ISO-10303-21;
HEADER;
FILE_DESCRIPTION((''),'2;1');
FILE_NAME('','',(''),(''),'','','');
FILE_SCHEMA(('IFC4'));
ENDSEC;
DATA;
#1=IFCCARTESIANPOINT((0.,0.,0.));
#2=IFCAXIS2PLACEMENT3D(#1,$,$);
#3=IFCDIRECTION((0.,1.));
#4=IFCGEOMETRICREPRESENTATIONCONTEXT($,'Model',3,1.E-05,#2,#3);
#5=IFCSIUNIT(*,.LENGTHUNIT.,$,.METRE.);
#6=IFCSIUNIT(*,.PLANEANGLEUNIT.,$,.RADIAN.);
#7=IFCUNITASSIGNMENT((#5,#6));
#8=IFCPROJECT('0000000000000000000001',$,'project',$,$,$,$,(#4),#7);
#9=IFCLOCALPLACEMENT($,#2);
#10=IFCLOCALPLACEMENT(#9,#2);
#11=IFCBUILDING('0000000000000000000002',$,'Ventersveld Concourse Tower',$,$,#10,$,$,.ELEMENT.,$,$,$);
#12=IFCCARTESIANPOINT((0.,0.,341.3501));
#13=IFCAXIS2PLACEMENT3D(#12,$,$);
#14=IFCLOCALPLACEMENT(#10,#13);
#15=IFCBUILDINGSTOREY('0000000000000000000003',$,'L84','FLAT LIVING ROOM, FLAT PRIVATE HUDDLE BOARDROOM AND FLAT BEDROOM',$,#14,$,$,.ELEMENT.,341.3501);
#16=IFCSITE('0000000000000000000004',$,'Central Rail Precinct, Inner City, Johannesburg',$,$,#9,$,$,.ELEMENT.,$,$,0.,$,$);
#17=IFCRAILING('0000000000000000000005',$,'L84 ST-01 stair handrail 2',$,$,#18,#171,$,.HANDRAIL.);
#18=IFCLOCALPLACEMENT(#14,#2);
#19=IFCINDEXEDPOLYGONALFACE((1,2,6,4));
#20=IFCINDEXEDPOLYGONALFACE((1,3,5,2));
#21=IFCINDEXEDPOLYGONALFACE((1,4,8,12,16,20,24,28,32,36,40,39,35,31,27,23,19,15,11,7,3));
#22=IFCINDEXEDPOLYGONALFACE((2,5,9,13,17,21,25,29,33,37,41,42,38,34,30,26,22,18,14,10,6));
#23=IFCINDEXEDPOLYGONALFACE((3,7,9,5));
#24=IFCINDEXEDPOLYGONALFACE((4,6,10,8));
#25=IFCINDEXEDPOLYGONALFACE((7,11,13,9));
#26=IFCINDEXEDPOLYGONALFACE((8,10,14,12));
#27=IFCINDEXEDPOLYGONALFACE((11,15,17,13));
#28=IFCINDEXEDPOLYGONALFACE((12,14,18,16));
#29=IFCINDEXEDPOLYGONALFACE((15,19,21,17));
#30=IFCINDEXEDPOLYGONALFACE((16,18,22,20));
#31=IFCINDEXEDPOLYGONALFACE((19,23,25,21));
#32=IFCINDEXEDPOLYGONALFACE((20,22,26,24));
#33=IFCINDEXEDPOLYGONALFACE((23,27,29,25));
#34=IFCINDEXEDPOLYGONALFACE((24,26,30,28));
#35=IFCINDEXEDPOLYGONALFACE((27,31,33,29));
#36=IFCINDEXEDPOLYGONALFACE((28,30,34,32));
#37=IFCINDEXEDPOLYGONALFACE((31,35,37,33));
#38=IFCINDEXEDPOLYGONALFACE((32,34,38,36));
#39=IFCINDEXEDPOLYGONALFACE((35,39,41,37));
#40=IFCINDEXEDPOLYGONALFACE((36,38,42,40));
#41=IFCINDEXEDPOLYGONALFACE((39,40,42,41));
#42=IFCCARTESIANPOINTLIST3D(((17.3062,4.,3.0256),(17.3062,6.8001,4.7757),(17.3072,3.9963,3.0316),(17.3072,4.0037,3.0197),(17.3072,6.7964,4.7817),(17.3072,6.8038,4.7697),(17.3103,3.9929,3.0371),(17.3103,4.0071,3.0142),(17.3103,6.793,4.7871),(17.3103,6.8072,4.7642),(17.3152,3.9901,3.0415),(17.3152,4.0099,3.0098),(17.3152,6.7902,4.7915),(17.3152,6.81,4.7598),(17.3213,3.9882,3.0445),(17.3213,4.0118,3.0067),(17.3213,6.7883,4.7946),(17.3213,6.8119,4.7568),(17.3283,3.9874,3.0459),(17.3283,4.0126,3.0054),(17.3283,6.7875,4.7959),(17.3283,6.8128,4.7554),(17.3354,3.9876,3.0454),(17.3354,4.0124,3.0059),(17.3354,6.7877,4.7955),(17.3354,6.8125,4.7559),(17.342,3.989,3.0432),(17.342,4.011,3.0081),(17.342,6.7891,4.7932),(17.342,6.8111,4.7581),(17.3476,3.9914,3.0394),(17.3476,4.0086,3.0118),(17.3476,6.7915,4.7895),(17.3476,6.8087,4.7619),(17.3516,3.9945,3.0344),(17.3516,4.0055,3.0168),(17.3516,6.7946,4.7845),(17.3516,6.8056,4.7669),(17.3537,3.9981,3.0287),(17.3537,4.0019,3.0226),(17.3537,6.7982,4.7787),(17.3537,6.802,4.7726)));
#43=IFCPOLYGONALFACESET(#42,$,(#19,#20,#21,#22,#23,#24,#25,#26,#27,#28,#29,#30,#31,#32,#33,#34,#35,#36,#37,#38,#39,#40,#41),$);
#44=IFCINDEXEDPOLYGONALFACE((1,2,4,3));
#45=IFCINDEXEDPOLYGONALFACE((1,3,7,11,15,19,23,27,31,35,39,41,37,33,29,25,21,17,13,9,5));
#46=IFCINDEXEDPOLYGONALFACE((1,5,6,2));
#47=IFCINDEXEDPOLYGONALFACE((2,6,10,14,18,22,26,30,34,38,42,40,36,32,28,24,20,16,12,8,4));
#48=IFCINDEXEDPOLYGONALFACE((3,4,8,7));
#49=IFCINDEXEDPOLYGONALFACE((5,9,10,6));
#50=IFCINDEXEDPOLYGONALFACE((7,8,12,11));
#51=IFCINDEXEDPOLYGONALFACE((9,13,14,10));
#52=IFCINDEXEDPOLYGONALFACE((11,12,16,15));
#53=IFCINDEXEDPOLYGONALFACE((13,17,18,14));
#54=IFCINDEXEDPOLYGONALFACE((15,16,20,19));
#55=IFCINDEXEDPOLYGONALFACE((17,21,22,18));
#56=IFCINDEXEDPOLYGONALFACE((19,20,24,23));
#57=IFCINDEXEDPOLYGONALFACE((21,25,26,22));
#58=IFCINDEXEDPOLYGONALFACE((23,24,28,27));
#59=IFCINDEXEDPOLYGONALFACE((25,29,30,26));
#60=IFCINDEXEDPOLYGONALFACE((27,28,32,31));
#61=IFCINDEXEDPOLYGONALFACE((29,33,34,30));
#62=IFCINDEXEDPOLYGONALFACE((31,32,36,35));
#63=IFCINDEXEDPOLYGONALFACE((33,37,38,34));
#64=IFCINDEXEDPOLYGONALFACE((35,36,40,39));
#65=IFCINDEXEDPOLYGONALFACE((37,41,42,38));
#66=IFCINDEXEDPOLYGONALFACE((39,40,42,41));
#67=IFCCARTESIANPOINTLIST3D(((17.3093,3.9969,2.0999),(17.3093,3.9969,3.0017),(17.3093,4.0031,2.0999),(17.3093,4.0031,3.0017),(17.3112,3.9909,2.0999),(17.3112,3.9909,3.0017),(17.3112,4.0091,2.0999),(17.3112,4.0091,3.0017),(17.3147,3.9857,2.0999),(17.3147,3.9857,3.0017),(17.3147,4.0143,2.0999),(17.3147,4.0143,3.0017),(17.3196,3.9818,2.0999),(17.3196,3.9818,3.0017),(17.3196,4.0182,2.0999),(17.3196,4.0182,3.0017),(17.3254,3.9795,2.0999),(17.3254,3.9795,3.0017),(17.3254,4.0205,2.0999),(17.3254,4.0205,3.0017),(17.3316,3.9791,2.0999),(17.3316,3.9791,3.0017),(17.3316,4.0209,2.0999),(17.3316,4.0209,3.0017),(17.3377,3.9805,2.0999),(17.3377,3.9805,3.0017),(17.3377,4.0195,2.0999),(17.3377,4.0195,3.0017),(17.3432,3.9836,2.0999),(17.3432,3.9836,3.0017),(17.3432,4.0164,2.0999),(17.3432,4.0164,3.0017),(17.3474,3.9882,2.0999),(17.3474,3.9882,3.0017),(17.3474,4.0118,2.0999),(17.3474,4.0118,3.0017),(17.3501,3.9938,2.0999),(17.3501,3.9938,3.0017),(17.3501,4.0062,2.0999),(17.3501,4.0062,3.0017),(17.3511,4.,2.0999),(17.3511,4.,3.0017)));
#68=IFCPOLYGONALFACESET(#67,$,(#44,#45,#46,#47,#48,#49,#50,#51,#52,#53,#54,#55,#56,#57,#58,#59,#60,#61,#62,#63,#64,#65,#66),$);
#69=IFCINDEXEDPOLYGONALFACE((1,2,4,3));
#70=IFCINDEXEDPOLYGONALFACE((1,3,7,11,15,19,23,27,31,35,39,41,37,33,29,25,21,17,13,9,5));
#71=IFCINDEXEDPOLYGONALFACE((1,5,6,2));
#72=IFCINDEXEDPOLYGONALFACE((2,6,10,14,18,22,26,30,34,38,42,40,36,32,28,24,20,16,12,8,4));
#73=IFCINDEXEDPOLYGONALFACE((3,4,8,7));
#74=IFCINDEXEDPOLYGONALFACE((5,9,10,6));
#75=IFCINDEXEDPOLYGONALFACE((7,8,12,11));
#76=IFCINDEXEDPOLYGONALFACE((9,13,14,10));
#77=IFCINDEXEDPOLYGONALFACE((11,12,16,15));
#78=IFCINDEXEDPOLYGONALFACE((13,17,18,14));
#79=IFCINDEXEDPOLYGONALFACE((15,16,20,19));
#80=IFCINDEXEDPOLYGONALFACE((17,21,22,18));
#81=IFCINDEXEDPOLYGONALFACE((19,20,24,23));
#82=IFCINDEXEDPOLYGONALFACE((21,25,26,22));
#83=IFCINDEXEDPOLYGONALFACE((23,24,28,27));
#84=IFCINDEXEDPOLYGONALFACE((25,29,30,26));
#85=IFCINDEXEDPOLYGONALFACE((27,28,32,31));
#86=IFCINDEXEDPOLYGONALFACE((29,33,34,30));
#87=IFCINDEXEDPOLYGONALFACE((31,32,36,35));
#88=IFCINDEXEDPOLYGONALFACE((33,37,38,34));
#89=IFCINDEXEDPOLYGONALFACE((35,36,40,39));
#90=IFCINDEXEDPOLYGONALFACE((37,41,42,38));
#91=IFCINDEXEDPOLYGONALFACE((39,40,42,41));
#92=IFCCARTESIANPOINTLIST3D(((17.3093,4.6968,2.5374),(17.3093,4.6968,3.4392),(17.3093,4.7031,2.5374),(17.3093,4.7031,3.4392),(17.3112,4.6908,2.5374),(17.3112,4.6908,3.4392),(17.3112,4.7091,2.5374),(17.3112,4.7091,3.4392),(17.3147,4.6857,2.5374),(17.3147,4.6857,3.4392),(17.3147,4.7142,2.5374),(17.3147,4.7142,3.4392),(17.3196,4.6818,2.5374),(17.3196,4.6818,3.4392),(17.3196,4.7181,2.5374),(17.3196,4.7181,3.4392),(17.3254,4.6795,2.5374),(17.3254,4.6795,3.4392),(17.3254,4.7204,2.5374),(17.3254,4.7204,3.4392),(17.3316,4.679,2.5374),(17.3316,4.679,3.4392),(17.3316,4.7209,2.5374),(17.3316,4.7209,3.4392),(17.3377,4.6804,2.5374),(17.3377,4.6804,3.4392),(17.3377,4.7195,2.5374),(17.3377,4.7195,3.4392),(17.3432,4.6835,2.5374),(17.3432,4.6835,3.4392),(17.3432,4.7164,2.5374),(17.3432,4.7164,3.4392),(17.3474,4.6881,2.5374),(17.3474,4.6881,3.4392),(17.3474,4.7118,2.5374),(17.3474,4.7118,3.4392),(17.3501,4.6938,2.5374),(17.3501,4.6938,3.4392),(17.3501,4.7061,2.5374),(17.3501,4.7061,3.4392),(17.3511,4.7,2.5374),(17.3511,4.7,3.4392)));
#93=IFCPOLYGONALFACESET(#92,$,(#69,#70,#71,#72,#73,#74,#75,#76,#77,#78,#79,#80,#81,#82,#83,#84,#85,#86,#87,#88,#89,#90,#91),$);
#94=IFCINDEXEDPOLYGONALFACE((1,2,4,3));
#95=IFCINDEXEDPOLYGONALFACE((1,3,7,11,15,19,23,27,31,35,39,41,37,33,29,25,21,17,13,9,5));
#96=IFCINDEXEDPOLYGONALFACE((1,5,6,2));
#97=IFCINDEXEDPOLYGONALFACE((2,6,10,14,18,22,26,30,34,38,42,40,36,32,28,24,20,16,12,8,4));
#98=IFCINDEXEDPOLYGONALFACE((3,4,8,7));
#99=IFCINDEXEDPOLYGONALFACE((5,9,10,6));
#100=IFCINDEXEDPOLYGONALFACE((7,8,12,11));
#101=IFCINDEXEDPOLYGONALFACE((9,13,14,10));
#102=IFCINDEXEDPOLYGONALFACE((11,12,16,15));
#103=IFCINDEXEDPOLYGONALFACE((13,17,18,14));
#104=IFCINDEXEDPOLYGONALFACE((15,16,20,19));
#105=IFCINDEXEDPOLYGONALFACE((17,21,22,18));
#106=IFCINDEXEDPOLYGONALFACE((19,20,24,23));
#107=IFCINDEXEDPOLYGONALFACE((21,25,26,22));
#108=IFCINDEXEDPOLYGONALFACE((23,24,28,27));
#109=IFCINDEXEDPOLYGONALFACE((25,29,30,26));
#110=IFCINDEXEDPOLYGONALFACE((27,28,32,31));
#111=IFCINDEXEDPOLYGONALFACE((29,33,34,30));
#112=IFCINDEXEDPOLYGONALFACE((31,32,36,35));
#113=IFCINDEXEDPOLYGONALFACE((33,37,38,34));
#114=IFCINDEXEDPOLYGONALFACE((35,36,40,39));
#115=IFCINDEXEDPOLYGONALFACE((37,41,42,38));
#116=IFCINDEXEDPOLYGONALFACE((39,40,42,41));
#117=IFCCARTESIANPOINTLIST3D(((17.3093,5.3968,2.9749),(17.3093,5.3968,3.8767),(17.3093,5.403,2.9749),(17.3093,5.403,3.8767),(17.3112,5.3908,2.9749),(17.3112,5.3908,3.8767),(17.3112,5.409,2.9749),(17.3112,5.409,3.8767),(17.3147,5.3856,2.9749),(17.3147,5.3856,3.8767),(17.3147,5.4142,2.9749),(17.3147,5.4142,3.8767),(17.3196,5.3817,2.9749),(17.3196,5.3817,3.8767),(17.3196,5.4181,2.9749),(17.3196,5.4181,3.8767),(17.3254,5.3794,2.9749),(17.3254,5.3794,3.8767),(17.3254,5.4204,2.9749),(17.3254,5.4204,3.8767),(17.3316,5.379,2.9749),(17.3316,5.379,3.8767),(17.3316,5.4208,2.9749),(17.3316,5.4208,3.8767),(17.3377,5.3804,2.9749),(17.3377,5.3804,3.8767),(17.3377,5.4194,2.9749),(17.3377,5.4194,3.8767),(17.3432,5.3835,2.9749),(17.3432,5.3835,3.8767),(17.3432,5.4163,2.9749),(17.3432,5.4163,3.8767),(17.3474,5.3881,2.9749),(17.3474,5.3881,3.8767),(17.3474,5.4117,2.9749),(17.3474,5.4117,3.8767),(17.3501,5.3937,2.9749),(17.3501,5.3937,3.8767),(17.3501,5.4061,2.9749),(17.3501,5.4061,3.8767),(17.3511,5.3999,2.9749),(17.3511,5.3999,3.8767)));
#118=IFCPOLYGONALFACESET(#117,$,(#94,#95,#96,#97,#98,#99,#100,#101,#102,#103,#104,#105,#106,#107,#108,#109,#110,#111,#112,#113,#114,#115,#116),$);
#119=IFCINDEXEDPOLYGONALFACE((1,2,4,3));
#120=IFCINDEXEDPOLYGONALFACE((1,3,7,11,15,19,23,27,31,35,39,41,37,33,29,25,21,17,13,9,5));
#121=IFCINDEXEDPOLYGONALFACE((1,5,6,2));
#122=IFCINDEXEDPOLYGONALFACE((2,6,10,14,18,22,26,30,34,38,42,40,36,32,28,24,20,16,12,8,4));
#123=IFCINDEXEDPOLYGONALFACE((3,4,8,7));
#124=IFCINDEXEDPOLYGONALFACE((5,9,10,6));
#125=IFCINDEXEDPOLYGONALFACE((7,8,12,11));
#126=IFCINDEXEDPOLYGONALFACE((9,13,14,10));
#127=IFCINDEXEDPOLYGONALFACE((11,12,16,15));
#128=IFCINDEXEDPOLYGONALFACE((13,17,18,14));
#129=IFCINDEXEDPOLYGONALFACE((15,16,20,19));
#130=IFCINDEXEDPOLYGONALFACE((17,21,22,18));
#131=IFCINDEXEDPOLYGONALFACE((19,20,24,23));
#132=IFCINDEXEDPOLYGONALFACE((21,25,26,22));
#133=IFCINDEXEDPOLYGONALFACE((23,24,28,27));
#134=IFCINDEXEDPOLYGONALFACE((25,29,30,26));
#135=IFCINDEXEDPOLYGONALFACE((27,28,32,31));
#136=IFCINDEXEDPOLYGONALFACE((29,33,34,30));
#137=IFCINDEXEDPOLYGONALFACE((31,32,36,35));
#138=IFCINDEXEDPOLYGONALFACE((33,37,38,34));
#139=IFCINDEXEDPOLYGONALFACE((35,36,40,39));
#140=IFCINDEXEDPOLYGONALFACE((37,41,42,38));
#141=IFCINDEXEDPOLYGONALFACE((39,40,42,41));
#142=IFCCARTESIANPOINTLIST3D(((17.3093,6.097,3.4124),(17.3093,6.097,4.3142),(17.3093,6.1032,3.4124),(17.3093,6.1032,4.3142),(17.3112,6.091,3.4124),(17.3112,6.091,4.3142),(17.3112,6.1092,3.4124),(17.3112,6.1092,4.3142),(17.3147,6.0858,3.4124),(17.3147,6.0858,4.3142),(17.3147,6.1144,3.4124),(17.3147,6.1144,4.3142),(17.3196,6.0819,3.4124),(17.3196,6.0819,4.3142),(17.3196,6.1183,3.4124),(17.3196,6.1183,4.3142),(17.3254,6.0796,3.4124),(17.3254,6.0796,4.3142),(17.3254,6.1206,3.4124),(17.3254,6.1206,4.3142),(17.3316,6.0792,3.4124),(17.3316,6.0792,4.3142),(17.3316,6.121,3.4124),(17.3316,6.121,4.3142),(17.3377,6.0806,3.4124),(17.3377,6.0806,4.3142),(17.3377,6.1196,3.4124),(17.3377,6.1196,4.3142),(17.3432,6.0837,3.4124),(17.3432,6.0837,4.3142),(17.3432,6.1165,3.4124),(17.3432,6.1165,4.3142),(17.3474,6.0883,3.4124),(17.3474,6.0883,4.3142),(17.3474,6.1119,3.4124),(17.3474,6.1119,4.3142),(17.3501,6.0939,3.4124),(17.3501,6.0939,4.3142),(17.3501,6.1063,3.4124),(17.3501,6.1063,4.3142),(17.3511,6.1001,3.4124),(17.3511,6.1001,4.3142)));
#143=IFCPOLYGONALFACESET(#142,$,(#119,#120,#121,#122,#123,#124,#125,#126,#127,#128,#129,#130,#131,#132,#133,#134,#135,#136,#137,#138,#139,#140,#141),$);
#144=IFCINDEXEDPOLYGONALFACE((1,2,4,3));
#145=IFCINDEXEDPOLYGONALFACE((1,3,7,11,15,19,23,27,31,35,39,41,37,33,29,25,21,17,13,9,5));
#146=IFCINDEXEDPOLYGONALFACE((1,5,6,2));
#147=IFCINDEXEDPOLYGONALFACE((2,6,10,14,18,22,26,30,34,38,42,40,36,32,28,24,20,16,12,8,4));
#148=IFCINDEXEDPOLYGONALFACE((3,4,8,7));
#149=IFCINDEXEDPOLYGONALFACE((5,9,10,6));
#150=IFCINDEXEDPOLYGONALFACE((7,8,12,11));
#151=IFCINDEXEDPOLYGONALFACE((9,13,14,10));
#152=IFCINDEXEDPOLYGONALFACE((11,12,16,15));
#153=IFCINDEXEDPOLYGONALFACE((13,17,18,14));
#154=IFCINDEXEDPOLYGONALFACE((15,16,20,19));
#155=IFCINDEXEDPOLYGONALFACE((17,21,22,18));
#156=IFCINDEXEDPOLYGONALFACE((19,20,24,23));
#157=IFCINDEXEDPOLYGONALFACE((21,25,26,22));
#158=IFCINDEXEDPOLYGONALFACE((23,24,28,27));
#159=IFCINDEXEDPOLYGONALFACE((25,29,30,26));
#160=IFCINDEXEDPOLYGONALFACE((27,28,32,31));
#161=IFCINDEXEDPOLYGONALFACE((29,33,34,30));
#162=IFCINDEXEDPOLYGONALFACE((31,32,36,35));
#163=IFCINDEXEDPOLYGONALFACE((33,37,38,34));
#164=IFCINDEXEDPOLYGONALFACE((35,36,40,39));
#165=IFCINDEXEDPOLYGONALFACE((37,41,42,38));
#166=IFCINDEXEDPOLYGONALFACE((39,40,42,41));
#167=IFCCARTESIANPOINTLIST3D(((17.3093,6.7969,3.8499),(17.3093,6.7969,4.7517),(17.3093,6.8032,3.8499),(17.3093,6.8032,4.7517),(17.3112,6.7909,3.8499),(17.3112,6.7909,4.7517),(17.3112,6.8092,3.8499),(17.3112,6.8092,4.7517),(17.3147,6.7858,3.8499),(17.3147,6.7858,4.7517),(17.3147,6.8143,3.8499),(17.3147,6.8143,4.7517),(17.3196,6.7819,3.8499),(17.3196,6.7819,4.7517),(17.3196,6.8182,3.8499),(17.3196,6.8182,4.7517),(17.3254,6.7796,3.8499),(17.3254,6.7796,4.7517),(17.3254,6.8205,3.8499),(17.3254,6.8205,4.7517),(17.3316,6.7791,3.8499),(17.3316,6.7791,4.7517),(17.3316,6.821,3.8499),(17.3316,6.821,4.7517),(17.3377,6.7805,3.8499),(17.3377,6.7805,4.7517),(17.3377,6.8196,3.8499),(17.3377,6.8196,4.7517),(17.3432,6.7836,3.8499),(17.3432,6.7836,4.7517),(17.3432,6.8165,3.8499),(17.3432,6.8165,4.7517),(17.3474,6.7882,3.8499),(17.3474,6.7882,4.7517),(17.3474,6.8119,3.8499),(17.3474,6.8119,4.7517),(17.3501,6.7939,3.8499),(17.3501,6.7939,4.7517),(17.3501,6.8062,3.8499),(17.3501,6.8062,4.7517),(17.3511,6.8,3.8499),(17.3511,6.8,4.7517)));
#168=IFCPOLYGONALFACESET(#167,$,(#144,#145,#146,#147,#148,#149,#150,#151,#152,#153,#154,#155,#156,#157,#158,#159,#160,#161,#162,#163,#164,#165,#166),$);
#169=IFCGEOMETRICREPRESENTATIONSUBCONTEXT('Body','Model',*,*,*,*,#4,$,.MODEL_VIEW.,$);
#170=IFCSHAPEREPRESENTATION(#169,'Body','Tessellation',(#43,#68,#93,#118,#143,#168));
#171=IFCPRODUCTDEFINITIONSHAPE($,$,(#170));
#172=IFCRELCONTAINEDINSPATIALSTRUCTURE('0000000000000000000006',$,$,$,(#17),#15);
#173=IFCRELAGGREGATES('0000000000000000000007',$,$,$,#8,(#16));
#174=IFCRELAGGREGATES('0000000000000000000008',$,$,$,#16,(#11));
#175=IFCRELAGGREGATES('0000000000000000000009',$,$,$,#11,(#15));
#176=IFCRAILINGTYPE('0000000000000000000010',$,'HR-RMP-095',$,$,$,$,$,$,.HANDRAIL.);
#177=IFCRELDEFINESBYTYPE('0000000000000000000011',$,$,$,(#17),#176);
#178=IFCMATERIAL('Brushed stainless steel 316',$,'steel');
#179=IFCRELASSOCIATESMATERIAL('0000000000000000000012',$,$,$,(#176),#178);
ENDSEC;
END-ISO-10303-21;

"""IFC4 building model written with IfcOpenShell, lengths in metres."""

from ifc_helpers import new_model, si_unit, direction, frame, origin, origin_2d, place, context, subcontext, project, spatial, circle, extrude, material, type_object, element, save


model = new_model("IFC4")

# Units and contexts
model_context = context("Model", 3, precision=1e-05, world=origin(), true_north=direction((0.0, 1.0)))
body_context = subcontext(model_context, "Body", "Model", "MODEL_VIEW")
ifc_project = project(units=[si_unit("LENGTHUNIT", "METRE"), si_unit("PLANEANGLEUNIT", "RADIAN")], contexts=[model_context])

# Site, building, storey
site_placement = place(None, origin())
site = spatial("IfcSite", under=ifc_project, at=site_placement, Name="Central Rail Precinct, Inner City, Johannesburg", CompositionType="ELEMENT", RefElevation=0.0)
building_placement = place(site_placement, origin())
building = spatial("IfcBuilding", under=site, at=building_placement, Name="Ventersveld Concourse Tower", CompositionType="ELEMENT")
storey_placement = place(building_placement, frame((0.0, 0.0, 341.3501)))
storey = spatial("IfcBuildingStorey", under=building, at=storey_placement, Name="L84", Description="FLAT LIVING ROOM, FLAT PRIVATE HUDDLE BOARDROOM AND FLAT BEDROOM", CompositionType="ELEMENT", Elevation=341.3501)

# Railing
ifc_material_1 = material(Name="Brushed stainless steel 316", Category="steel")
railing_type_1 = type_object("IfcRailingType", Name="HR-RMP-095", PredefinedType="HANDRAIL", material=ifc_material_1)
railing_1_placement = place(storey_placement, frame((17.3301, 4.0, 2.0999)))
element("IfcRailing", 1, at=railing_1_placement, inside=storey, type_object=railing_type_1, Name="L84 ST-01 stair handrail 2", PredefinedType="HANDRAIL", context=body_context, shape_type="SweptSolid", body=[
    extrude(circle(Radius=0.0239, at=origin_2d()), frame((0.0, 0.0, 0.9258), z_axis=(0.0, 0.848002, 0.529992), x_axis=(-1.0, 0.0, 0.0)), (0.0, 0.0, 1.0), 3.302),
    extrude(circle(Radius=0.021, at=origin_2d()), origin(), (0.0, 0.0, 1.0), 0.9019),
    extrude(circle(Radius=0.021, at=origin_2d()), frame((0.0, 0.7, 0.4375)), (0.0, 0.0, 1.0), 0.9019),
    extrude(circle(Radius=0.021, at=origin_2d()), frame((0.0, 1.3999, 0.875)), (0.0, 0.0, 1.0), 0.9019),
    extrude(circle(Radius=0.021, at=origin_2d()), frame((0.0, 2.1001, 1.3125)), (0.0, 0.0, 1.0), 0.9019),
    extrude(circle(Radius=0.021, at=origin_2d()), frame((0.0, 2.8, 1.75)), (0.0, 0.0, 1.0), 0.9019),
])

save(model, "model.ifc")
